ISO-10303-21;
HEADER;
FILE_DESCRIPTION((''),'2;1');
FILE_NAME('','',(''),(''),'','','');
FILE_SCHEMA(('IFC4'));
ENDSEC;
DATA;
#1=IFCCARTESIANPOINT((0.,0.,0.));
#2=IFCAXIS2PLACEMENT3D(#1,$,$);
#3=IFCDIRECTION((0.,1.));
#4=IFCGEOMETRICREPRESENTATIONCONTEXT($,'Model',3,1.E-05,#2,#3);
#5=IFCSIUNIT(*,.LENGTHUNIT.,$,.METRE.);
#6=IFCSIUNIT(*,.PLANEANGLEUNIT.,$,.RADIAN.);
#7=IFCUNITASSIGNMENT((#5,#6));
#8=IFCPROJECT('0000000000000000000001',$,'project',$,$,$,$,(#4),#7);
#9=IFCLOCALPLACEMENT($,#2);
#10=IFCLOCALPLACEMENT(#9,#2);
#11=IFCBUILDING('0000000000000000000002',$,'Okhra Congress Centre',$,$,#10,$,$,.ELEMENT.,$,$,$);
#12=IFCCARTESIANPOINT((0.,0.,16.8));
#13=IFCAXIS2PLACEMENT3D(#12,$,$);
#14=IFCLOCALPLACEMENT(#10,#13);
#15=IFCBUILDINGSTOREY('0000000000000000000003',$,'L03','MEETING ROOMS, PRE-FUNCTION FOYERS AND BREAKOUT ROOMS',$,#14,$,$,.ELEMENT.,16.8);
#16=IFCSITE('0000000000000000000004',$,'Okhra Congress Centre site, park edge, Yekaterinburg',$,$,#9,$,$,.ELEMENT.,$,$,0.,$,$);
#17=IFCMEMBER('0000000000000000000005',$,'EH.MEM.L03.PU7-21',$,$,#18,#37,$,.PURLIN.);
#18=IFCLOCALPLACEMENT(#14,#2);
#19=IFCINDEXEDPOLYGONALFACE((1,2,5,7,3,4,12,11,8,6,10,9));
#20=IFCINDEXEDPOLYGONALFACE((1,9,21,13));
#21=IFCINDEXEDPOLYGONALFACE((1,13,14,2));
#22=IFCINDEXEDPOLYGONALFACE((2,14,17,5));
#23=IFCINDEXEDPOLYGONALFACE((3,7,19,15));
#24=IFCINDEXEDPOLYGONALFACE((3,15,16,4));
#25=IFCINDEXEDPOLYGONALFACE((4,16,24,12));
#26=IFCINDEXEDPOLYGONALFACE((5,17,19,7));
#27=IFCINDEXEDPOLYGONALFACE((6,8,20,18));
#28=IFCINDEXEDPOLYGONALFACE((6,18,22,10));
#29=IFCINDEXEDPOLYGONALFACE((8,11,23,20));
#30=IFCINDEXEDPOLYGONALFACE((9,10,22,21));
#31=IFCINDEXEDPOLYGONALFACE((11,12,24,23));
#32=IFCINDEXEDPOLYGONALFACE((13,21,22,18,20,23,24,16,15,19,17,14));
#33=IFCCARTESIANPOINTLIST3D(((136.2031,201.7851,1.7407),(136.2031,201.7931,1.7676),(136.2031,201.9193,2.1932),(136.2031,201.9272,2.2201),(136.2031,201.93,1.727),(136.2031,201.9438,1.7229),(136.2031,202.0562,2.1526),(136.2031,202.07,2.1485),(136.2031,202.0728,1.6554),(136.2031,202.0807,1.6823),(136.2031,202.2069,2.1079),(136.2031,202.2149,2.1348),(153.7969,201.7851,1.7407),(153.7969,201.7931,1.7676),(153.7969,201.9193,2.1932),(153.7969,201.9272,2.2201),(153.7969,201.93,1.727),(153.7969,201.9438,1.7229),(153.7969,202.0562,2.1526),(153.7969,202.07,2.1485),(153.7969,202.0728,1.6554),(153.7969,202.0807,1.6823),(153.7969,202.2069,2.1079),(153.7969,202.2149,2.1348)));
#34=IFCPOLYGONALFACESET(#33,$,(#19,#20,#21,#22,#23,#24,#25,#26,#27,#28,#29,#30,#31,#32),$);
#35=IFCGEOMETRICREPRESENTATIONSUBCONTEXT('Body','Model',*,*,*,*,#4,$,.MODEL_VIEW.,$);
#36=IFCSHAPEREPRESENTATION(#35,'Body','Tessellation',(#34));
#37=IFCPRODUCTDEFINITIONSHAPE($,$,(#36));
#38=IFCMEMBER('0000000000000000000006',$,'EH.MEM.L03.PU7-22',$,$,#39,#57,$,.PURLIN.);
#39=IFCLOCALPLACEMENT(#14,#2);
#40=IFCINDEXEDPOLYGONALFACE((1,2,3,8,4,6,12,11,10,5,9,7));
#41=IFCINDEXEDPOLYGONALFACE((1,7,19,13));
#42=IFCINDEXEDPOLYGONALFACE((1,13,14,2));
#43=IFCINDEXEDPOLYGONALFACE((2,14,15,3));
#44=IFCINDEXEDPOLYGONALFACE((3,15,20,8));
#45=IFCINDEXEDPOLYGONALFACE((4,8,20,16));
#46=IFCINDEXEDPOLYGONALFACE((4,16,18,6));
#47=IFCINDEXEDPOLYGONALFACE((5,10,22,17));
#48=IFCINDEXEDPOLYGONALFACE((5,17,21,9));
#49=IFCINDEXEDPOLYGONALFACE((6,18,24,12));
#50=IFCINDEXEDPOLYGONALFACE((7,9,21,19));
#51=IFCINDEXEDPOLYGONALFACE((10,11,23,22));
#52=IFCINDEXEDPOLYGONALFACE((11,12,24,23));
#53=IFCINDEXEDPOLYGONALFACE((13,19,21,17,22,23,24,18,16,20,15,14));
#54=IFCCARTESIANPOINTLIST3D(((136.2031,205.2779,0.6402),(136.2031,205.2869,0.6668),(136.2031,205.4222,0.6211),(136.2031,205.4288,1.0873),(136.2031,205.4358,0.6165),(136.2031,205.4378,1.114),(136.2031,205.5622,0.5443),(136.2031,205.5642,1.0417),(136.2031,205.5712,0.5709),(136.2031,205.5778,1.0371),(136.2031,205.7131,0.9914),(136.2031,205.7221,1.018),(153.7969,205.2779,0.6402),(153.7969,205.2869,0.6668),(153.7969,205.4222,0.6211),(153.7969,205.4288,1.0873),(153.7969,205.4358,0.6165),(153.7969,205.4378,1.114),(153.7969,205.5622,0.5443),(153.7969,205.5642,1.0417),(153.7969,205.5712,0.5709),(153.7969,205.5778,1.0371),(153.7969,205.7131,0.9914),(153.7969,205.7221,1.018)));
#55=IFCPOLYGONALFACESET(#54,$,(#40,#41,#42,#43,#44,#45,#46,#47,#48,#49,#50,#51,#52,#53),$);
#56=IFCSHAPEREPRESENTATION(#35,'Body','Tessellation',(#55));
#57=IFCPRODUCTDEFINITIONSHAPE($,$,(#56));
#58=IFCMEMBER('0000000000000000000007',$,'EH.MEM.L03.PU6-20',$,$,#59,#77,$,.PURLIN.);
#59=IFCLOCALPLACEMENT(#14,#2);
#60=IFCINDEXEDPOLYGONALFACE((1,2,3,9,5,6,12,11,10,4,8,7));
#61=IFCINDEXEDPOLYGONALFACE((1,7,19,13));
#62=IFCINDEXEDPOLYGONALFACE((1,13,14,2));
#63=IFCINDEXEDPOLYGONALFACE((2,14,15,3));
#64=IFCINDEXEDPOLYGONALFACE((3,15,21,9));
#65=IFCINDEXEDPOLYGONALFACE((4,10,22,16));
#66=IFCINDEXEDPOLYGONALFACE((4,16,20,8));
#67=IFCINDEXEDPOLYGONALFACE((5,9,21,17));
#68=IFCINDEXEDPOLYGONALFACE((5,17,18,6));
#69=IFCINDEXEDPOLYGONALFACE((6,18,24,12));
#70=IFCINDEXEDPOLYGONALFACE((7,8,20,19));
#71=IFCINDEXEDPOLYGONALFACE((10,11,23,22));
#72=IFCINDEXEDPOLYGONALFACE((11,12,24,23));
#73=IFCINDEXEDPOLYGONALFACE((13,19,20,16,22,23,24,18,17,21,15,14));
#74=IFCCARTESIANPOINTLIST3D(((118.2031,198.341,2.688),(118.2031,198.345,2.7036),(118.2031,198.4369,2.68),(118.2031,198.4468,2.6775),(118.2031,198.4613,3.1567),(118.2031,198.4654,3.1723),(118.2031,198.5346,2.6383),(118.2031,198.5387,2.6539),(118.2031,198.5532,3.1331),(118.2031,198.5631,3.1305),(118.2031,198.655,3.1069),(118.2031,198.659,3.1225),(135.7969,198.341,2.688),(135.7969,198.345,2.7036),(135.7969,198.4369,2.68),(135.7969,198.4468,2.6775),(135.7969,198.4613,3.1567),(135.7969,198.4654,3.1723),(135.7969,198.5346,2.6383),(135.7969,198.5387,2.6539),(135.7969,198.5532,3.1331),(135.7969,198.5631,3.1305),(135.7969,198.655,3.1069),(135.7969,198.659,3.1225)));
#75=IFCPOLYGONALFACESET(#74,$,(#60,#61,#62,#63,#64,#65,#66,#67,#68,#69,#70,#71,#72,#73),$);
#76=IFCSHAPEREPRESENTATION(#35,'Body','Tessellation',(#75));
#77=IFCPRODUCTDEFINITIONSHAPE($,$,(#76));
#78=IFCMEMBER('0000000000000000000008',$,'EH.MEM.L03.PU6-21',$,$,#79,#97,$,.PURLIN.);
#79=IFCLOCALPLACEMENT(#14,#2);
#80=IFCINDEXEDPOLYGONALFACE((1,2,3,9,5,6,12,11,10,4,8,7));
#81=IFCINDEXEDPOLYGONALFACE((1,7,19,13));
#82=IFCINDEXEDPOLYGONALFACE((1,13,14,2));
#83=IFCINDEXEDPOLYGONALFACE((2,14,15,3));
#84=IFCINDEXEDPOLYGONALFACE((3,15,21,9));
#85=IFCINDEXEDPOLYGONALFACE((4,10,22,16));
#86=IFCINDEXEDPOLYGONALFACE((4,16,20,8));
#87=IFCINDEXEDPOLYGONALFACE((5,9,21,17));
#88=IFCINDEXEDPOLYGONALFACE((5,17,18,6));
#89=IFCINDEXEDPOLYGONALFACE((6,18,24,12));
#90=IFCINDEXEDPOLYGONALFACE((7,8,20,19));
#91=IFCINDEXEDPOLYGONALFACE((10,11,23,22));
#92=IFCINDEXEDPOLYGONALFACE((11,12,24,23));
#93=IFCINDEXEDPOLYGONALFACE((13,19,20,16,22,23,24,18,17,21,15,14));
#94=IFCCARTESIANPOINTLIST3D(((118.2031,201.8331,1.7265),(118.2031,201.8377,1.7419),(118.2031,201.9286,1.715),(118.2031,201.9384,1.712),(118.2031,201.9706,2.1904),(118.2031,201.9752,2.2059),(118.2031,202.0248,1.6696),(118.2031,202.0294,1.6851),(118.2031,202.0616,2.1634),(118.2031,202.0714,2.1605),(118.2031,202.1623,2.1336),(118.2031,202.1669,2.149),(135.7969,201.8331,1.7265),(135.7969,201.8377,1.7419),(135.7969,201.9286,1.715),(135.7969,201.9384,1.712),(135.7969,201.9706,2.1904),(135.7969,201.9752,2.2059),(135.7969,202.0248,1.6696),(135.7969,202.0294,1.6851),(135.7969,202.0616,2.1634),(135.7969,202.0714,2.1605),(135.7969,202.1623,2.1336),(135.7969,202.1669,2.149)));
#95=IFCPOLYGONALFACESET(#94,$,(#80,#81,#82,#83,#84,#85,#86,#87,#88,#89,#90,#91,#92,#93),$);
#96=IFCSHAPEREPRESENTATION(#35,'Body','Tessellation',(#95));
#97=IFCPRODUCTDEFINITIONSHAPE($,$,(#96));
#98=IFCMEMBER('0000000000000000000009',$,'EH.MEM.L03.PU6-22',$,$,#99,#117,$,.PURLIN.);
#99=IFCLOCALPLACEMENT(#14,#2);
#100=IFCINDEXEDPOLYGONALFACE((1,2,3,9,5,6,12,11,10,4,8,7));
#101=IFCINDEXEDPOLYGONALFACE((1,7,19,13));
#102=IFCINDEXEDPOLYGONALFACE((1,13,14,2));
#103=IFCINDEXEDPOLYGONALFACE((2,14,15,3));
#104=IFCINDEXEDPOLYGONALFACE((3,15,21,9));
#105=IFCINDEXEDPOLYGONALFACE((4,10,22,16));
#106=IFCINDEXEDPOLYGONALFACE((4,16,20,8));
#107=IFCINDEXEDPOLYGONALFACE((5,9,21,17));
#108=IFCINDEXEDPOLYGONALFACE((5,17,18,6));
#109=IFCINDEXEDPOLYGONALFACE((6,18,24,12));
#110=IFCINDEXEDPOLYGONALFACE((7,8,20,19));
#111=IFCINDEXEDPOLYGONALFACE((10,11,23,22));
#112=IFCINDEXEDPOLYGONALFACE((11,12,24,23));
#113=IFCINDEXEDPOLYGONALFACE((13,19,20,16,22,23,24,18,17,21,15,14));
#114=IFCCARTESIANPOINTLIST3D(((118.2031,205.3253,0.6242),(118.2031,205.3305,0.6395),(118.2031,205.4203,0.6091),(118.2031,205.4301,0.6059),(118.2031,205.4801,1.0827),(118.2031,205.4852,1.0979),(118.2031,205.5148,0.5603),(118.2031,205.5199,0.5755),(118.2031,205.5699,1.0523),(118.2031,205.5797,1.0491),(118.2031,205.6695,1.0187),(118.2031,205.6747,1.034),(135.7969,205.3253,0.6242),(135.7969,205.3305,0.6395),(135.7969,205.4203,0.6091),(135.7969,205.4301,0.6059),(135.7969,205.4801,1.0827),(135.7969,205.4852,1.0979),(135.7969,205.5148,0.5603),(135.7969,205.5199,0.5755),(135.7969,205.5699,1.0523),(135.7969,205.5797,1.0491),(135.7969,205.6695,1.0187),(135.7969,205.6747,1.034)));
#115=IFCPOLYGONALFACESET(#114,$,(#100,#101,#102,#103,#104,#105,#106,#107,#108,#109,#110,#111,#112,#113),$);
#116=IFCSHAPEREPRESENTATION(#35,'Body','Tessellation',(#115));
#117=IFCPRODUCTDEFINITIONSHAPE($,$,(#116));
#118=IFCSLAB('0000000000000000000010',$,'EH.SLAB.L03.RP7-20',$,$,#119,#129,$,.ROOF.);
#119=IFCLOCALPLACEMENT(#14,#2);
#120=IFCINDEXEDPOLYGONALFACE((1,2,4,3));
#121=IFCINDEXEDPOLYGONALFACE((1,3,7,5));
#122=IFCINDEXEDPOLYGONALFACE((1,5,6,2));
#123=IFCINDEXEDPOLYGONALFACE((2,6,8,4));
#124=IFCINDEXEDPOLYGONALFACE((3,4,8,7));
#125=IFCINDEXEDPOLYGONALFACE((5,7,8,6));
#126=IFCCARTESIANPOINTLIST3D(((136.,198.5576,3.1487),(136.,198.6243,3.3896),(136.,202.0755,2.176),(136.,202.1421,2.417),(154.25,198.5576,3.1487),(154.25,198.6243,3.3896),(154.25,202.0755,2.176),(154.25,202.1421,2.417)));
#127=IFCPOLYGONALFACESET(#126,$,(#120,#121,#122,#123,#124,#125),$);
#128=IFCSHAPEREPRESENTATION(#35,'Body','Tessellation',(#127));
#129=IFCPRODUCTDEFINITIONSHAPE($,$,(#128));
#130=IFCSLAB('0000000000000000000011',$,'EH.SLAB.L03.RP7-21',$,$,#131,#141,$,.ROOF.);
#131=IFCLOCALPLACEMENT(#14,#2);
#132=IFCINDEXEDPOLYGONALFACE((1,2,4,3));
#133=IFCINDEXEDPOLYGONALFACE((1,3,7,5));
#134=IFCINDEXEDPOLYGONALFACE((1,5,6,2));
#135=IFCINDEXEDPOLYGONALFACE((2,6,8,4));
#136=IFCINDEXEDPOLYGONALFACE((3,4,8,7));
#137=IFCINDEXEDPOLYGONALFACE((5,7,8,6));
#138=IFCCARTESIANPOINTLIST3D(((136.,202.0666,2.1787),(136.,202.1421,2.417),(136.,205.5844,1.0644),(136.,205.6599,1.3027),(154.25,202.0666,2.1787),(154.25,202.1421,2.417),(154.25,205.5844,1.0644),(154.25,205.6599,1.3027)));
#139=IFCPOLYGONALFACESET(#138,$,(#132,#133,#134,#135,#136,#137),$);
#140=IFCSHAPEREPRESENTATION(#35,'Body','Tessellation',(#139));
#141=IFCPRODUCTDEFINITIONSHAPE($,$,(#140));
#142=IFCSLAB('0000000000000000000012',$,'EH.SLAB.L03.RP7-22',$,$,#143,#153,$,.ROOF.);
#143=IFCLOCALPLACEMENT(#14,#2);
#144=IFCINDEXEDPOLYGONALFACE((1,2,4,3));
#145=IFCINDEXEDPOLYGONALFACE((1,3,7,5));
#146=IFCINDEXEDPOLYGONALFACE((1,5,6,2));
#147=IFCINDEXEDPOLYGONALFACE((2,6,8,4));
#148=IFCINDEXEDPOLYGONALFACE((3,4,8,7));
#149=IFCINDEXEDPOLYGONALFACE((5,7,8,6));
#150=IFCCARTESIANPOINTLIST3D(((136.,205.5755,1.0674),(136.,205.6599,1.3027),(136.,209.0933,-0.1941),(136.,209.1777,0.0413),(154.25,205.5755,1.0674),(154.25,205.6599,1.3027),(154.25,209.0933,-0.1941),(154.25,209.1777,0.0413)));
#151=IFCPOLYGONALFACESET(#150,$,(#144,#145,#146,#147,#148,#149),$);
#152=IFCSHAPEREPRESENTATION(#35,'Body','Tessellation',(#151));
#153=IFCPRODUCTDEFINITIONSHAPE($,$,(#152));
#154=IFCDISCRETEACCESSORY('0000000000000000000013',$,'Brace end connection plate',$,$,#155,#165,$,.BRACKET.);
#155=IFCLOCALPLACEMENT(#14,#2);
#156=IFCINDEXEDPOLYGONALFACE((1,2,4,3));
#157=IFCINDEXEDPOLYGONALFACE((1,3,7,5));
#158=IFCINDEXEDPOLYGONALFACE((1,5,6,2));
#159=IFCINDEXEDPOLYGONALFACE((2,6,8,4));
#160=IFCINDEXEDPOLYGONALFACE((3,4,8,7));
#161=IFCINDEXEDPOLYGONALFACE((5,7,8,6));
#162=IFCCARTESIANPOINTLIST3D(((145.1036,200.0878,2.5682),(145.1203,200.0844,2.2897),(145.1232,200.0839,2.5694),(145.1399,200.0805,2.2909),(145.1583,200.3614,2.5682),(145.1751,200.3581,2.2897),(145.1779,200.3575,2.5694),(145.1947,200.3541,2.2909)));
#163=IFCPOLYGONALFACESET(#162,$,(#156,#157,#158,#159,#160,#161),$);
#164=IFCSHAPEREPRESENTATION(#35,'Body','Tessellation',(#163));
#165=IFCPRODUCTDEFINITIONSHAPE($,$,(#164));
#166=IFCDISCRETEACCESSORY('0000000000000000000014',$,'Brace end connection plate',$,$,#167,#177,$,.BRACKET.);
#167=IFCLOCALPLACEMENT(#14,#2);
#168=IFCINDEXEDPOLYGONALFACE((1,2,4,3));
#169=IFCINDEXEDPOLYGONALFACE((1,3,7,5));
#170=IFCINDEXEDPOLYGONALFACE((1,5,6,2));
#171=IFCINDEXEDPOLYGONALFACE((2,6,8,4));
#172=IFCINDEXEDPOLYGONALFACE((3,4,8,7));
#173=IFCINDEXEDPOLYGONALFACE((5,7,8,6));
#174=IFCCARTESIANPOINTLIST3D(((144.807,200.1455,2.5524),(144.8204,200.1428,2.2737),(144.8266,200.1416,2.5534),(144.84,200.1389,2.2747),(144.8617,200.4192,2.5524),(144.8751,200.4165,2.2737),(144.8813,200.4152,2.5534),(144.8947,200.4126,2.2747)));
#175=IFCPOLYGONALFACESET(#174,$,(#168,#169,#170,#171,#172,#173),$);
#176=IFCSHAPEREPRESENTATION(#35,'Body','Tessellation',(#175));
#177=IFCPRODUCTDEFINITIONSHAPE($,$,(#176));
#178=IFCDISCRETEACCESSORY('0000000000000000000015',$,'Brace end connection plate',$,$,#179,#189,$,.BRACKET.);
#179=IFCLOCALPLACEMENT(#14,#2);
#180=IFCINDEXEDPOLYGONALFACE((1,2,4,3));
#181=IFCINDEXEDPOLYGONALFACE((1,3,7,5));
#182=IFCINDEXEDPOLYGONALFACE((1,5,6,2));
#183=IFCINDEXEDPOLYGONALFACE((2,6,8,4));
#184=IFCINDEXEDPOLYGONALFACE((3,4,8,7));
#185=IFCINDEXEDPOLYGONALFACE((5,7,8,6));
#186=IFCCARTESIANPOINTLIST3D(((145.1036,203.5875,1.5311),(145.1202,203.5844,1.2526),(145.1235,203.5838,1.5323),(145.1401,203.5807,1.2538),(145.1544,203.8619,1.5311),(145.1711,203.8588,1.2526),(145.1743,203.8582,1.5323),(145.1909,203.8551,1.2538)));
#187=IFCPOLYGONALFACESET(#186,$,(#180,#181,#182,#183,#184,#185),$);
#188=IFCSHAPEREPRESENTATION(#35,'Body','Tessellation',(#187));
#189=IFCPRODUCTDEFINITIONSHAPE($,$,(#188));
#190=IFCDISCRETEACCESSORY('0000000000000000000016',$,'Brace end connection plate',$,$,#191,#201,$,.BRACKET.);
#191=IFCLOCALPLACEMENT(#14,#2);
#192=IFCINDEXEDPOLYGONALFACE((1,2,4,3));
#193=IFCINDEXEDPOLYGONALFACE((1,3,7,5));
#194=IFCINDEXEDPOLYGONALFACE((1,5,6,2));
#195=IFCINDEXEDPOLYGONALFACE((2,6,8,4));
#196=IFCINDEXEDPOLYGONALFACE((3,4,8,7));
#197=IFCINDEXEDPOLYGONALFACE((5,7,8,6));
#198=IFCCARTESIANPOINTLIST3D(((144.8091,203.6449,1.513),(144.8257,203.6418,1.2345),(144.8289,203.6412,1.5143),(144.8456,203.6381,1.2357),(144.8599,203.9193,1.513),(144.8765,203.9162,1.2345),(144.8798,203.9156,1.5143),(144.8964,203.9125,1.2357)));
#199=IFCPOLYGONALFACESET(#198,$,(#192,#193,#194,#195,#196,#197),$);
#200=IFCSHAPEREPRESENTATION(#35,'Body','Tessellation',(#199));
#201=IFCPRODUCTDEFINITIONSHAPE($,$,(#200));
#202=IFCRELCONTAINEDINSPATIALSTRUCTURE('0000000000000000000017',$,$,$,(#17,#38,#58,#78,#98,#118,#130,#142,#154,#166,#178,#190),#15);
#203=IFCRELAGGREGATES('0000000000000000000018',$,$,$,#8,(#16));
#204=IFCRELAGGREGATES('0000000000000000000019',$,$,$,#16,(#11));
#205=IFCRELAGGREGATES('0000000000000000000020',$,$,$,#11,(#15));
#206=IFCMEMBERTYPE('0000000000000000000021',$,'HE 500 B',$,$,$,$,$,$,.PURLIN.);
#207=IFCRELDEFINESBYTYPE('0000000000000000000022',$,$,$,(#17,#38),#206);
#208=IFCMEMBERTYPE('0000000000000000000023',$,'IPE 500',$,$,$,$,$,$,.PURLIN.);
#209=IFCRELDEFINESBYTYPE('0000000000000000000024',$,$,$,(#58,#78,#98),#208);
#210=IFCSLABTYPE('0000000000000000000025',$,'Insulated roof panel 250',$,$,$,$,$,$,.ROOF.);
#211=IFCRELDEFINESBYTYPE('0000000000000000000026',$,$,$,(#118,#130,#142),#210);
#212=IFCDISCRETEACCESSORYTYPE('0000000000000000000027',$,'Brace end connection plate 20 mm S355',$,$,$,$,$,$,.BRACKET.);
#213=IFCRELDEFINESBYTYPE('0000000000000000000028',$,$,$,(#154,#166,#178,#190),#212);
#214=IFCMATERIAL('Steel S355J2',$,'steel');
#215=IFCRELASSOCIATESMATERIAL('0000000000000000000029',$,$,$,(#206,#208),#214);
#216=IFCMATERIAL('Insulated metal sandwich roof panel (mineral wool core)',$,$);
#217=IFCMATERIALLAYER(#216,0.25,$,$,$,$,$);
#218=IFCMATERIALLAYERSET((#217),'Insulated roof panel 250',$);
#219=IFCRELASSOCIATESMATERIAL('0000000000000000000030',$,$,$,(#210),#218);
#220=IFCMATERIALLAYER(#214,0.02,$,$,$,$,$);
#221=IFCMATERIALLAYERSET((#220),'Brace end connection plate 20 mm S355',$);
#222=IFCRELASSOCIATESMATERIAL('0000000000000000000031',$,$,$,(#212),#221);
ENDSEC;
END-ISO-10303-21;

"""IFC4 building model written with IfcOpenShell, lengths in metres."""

from ifc_helpers import new_model, si_unit, direction, frame, origin, origin_2d, place, context, subcontext, project, spatial, polyline, rectangle, i_section, outline, extrude, material, layer, layer_set, material_profile, profile_set, type_object, element, save


model = new_model("IFC4")

# Units and contexts
model_context = context("Model", 3, precision=1e-05, world=origin(), true_north=direction((0.0, 1.0)))
body_context = subcontext(model_context, "Body", "Model", "MODEL_VIEW")
ifc_project = project(units=[si_unit("LENGTHUNIT", "METRE"), si_unit("PLANEANGLEUNIT", "RADIAN")], contexts=[model_context])

# Site, building, storey
site_placement = place(None, origin())
site = spatial("IfcSite", under=ifc_project, at=site_placement, Name="Okhra Congress Centre site, park edge, Yekaterinburg", CompositionType="ELEMENT", RefElevation=0.0)
building_placement = place(site_placement, origin())
building = spatial("IfcBuilding", under=site, at=building_placement, Name="Okhra Congress Centre", CompositionType="ELEMENT")
storey_placement = place(building_placement, frame((0.0, 0.0, 16.8)))
storey = spatial("IfcBuildingStorey", under=building, at=storey_placement, Name="L03", Description="MEETING ROOMS, PRE-FUNCTION FOYERS AND BREAKOUT ROOMS", CompositionType="ELEMENT", Elevation=16.8)

# Members
ifc_material_1 = material(Name="Steel S355J2", Category="steel")
ifc_material_profile_1 = material_profile(ifc_material_1, i_section(OverallWidth=0.3, OverallDepth=0.5, WebThickness=0.0144, FlangeThickness=0.0281, at=origin_2d()), Name="HE 500 B")
ifc_profile_set_1 = profile_set([ifc_material_profile_1], Name="Steel S355J2")
member_type_1 = type_object("IfcMemberType", Name="HE 500 B", PredefinedType="PURLIN", material=ifc_profile_set_1)
for number, where, z_axis, x_axis, name in (
    (1, (136.2031, 202.0, 1.9377), (1.0, 0.0, 0.0), (0.0, 0.958743, -0.284276), "EH.MEM.L03.PU7-21"),
    (2, (136.2031, 205.5, 0.8291), (1.0, 0.0, 0.0), (0.0, 0.947481, -0.319813), "EH.MEM.L03.PU7-22"),
):
    element("IfcMember", number, at=place(storey_placement, frame(where, z_axis=z_axis, x_axis=x_axis)), inside=storey, type_object=member_type_1, Name=name, PredefinedType="PURLIN", context=body_context, shape_type="SweptSolid", body=[
        extrude(i_section(OverallWidth=0.3, OverallDepth=0.5, WebThickness=0.0144, FlangeThickness=0.0281, at=origin_2d()), origin(), (0.0, 0.0, 1.0), 17.5938),
    ])
ifc_material_profile_2 = material_profile(ifc_material_1, i_section(OverallWidth=0.2, OverallDepth=0.5, WebThickness=0.0103, FlangeThickness=0.0161, at=origin_2d()), Name="IPE 500")
ifc_profile_set_2 = profile_set([ifc_material_profile_2], Name="Steel S355J2")
member_type_2 = type_object("IfcMemberType", Name="IPE 500", PredefinedType="PURLIN", material=ifc_profile_set_2)
for number, where, z_axis, x_axis, name in (
    (3, (118.2031, 198.5, 2.9053), (1.0, 0.0, 0.0), (0.0, 0.96857, -0.248739), "EH.MEM.L03.PU6-20"),
    (4, (118.2031, 202.0, 1.9377), (1.0, 0.0, 0.0), (0.0, 0.958743, -0.284276), "EH.MEM.L03.PU6-21"),
    (5, (118.2031, 205.5, 0.8291), (1.0, 0.0, 0.0), (0.0, 0.947481, -0.319813), "EH.MEM.L03.PU6-22"),
):
    element("IfcMember", number, at=place(storey_placement, frame(where, z_axis=z_axis, x_axis=x_axis)), inside=storey, type_object=member_type_2, Name=name, PredefinedType="PURLIN", context=body_context, shape_type="SweptSolid", body=[
        extrude(i_section(OverallWidth=0.2, OverallDepth=0.5, WebThickness=0.0103, FlangeThickness=0.0161, at=origin_2d()), origin(), (0.0, 0.0, 1.0), 17.5938),
    ])

# Slabs
ifc_material_2 = material(Name="Insulated metal sandwich roof panel (mineral wool core)")
ifc_layer_1 = layer(ifc_material_2, 0.25)
ifc_layer_set_1 = layer_set([ifc_layer_1], Name="Insulated roof panel 250")
slab_type = type_object("IfcSlabType", Name="Insulated roof panel 250", PredefinedType="ROOF", material=ifc_layer_set_1)
slab_1_placement = place(storey_placement, frame((136.0, 198.6243, 3.3896), z_axis=(0.0, 0.266495, 0.963836), x_axis=(1.0, 0.0, 0.0)))
element("IfcSlab", 6, at=slab_1_placement, inside=storey, type_object=slab_type, Name="EH.SLAB.L03.RP7-20", PredefinedType="ROOF", context=body_context, shape_type="SweptSolid", body=[
    extrude(outline(polyline([(0.0, 0.0), (18.25, 0.0), (18.25, 3.6498), (0.0, 3.6498), (0.0, 0.0)])), origin(), (0.0, 0.0, -1.0), 0.25),
])
slab_2_placement = place(storey_placement, frame((136.0, 202.1421, 2.417), z_axis=(0.0, 0.301961, 0.95332), x_axis=(1.0, 0.0, 0.0)))
element("IfcSlab", 7, at=slab_2_placement, inside=storey, type_object=slab_type, Name="EH.SLAB.L03.RP7-21", PredefinedType="ROOF", context=body_context, shape_type="SweptSolid", body=[
    extrude(outline(polyline([(0.0, 0.0), (18.25, 0.0), (18.25, 3.6901), (0.0, 3.6901), (0.0, 0.0)])), origin(), (0.0, 0.0, -1.0), 0.25),
])
slab_3_placement = place(storey_placement, frame((136.0, 205.6599, 1.3027), z_axis=(0.0, 0.337549, 0.941308), x_axis=(1.0, 0.0, 0.0)))
element("IfcSlab", 8, at=slab_3_placement, inside=storey, type_object=slab_type, Name="EH.SLAB.L03.RP7-22", PredefinedType="ROOF", context=body_context, shape_type="SweptSolid", body=[
    extrude(outline(polyline([(0.0, 0.0), (18.25, 0.0), (18.25, 3.7372), (0.0, 3.7372), (0.0, 0.0)])), origin(), (0.0, 0.0, -1.0), 0.25),
])

# Discrete accessories
ifc_layer_2 = layer(ifc_material_1, 0.02)
ifc_layer_set_2 = layer_set([ifc_layer_2], Name="Brace end connection plate 20 mm S355")
discrete_accessory_type_1 = type_object("IfcDiscreteAccessoryType", Name="Brace end connection plate 20 mm S355", PredefinedType="BRACKET", material=ifc_layer_set_2)
for number, where, z_axis, x_axis, name in (
    (9, (145.1589, 200.219, 2.4302), (-0.978744, 0.195749, -0.061172), (-0.196116, -0.980581, 0.0), "Brace end connection plate"),
    (10, (144.8411, 200.281, 2.4131), (0.979404, -0.195881, 0.04897), (0.196116, 0.980581, 0.0), "Brace end connection plate"),
):
    element("IfcDiscreteAccessory", number, at=place(storey_placement, frame(where, z_axis=z_axis, x_axis=x_axis)), inside=storey, type_object=discrete_accessory_type_1, Name=name, PredefinedType="BRACKET", context=body_context, shape_type="SweptSolid", body=[
        extrude(rectangle(XDim=0.2791, YDim=0.2791, at=origin_2d()), origin(), (0.0, 0.0, 1.0), 0.02),
    ])
for number, where, z_axis, x_axis, name in (
    (11, (145.1572, 203.7195, 1.3931), (-0.981476, 0.181755, -0.060585), (-0.182089, -0.983282, 0.0), "Brace end connection plate"),
    (12, (144.8428, 203.7805, 1.3738), (0.981476, -0.181755, 0.060585), (0.182089, 0.983282, 0.0), "Brace end connection plate"),
):
    element("IfcDiscreteAccessory", number, at=place(storey_placement, frame(where, z_axis=z_axis, x_axis=x_axis)), inside=storey, type_object=discrete_accessory_type_1, Name=name, PredefinedType="BRACKET", context=body_context, shape_type="SweptSolid", body=[
        extrude(rectangle(XDim=0.2791, YDim=0.2791, at=origin_2d()), origin(), (0.0, 0.0, 1.0), 0.0203),
    ])

save(model, "model.ifc")
